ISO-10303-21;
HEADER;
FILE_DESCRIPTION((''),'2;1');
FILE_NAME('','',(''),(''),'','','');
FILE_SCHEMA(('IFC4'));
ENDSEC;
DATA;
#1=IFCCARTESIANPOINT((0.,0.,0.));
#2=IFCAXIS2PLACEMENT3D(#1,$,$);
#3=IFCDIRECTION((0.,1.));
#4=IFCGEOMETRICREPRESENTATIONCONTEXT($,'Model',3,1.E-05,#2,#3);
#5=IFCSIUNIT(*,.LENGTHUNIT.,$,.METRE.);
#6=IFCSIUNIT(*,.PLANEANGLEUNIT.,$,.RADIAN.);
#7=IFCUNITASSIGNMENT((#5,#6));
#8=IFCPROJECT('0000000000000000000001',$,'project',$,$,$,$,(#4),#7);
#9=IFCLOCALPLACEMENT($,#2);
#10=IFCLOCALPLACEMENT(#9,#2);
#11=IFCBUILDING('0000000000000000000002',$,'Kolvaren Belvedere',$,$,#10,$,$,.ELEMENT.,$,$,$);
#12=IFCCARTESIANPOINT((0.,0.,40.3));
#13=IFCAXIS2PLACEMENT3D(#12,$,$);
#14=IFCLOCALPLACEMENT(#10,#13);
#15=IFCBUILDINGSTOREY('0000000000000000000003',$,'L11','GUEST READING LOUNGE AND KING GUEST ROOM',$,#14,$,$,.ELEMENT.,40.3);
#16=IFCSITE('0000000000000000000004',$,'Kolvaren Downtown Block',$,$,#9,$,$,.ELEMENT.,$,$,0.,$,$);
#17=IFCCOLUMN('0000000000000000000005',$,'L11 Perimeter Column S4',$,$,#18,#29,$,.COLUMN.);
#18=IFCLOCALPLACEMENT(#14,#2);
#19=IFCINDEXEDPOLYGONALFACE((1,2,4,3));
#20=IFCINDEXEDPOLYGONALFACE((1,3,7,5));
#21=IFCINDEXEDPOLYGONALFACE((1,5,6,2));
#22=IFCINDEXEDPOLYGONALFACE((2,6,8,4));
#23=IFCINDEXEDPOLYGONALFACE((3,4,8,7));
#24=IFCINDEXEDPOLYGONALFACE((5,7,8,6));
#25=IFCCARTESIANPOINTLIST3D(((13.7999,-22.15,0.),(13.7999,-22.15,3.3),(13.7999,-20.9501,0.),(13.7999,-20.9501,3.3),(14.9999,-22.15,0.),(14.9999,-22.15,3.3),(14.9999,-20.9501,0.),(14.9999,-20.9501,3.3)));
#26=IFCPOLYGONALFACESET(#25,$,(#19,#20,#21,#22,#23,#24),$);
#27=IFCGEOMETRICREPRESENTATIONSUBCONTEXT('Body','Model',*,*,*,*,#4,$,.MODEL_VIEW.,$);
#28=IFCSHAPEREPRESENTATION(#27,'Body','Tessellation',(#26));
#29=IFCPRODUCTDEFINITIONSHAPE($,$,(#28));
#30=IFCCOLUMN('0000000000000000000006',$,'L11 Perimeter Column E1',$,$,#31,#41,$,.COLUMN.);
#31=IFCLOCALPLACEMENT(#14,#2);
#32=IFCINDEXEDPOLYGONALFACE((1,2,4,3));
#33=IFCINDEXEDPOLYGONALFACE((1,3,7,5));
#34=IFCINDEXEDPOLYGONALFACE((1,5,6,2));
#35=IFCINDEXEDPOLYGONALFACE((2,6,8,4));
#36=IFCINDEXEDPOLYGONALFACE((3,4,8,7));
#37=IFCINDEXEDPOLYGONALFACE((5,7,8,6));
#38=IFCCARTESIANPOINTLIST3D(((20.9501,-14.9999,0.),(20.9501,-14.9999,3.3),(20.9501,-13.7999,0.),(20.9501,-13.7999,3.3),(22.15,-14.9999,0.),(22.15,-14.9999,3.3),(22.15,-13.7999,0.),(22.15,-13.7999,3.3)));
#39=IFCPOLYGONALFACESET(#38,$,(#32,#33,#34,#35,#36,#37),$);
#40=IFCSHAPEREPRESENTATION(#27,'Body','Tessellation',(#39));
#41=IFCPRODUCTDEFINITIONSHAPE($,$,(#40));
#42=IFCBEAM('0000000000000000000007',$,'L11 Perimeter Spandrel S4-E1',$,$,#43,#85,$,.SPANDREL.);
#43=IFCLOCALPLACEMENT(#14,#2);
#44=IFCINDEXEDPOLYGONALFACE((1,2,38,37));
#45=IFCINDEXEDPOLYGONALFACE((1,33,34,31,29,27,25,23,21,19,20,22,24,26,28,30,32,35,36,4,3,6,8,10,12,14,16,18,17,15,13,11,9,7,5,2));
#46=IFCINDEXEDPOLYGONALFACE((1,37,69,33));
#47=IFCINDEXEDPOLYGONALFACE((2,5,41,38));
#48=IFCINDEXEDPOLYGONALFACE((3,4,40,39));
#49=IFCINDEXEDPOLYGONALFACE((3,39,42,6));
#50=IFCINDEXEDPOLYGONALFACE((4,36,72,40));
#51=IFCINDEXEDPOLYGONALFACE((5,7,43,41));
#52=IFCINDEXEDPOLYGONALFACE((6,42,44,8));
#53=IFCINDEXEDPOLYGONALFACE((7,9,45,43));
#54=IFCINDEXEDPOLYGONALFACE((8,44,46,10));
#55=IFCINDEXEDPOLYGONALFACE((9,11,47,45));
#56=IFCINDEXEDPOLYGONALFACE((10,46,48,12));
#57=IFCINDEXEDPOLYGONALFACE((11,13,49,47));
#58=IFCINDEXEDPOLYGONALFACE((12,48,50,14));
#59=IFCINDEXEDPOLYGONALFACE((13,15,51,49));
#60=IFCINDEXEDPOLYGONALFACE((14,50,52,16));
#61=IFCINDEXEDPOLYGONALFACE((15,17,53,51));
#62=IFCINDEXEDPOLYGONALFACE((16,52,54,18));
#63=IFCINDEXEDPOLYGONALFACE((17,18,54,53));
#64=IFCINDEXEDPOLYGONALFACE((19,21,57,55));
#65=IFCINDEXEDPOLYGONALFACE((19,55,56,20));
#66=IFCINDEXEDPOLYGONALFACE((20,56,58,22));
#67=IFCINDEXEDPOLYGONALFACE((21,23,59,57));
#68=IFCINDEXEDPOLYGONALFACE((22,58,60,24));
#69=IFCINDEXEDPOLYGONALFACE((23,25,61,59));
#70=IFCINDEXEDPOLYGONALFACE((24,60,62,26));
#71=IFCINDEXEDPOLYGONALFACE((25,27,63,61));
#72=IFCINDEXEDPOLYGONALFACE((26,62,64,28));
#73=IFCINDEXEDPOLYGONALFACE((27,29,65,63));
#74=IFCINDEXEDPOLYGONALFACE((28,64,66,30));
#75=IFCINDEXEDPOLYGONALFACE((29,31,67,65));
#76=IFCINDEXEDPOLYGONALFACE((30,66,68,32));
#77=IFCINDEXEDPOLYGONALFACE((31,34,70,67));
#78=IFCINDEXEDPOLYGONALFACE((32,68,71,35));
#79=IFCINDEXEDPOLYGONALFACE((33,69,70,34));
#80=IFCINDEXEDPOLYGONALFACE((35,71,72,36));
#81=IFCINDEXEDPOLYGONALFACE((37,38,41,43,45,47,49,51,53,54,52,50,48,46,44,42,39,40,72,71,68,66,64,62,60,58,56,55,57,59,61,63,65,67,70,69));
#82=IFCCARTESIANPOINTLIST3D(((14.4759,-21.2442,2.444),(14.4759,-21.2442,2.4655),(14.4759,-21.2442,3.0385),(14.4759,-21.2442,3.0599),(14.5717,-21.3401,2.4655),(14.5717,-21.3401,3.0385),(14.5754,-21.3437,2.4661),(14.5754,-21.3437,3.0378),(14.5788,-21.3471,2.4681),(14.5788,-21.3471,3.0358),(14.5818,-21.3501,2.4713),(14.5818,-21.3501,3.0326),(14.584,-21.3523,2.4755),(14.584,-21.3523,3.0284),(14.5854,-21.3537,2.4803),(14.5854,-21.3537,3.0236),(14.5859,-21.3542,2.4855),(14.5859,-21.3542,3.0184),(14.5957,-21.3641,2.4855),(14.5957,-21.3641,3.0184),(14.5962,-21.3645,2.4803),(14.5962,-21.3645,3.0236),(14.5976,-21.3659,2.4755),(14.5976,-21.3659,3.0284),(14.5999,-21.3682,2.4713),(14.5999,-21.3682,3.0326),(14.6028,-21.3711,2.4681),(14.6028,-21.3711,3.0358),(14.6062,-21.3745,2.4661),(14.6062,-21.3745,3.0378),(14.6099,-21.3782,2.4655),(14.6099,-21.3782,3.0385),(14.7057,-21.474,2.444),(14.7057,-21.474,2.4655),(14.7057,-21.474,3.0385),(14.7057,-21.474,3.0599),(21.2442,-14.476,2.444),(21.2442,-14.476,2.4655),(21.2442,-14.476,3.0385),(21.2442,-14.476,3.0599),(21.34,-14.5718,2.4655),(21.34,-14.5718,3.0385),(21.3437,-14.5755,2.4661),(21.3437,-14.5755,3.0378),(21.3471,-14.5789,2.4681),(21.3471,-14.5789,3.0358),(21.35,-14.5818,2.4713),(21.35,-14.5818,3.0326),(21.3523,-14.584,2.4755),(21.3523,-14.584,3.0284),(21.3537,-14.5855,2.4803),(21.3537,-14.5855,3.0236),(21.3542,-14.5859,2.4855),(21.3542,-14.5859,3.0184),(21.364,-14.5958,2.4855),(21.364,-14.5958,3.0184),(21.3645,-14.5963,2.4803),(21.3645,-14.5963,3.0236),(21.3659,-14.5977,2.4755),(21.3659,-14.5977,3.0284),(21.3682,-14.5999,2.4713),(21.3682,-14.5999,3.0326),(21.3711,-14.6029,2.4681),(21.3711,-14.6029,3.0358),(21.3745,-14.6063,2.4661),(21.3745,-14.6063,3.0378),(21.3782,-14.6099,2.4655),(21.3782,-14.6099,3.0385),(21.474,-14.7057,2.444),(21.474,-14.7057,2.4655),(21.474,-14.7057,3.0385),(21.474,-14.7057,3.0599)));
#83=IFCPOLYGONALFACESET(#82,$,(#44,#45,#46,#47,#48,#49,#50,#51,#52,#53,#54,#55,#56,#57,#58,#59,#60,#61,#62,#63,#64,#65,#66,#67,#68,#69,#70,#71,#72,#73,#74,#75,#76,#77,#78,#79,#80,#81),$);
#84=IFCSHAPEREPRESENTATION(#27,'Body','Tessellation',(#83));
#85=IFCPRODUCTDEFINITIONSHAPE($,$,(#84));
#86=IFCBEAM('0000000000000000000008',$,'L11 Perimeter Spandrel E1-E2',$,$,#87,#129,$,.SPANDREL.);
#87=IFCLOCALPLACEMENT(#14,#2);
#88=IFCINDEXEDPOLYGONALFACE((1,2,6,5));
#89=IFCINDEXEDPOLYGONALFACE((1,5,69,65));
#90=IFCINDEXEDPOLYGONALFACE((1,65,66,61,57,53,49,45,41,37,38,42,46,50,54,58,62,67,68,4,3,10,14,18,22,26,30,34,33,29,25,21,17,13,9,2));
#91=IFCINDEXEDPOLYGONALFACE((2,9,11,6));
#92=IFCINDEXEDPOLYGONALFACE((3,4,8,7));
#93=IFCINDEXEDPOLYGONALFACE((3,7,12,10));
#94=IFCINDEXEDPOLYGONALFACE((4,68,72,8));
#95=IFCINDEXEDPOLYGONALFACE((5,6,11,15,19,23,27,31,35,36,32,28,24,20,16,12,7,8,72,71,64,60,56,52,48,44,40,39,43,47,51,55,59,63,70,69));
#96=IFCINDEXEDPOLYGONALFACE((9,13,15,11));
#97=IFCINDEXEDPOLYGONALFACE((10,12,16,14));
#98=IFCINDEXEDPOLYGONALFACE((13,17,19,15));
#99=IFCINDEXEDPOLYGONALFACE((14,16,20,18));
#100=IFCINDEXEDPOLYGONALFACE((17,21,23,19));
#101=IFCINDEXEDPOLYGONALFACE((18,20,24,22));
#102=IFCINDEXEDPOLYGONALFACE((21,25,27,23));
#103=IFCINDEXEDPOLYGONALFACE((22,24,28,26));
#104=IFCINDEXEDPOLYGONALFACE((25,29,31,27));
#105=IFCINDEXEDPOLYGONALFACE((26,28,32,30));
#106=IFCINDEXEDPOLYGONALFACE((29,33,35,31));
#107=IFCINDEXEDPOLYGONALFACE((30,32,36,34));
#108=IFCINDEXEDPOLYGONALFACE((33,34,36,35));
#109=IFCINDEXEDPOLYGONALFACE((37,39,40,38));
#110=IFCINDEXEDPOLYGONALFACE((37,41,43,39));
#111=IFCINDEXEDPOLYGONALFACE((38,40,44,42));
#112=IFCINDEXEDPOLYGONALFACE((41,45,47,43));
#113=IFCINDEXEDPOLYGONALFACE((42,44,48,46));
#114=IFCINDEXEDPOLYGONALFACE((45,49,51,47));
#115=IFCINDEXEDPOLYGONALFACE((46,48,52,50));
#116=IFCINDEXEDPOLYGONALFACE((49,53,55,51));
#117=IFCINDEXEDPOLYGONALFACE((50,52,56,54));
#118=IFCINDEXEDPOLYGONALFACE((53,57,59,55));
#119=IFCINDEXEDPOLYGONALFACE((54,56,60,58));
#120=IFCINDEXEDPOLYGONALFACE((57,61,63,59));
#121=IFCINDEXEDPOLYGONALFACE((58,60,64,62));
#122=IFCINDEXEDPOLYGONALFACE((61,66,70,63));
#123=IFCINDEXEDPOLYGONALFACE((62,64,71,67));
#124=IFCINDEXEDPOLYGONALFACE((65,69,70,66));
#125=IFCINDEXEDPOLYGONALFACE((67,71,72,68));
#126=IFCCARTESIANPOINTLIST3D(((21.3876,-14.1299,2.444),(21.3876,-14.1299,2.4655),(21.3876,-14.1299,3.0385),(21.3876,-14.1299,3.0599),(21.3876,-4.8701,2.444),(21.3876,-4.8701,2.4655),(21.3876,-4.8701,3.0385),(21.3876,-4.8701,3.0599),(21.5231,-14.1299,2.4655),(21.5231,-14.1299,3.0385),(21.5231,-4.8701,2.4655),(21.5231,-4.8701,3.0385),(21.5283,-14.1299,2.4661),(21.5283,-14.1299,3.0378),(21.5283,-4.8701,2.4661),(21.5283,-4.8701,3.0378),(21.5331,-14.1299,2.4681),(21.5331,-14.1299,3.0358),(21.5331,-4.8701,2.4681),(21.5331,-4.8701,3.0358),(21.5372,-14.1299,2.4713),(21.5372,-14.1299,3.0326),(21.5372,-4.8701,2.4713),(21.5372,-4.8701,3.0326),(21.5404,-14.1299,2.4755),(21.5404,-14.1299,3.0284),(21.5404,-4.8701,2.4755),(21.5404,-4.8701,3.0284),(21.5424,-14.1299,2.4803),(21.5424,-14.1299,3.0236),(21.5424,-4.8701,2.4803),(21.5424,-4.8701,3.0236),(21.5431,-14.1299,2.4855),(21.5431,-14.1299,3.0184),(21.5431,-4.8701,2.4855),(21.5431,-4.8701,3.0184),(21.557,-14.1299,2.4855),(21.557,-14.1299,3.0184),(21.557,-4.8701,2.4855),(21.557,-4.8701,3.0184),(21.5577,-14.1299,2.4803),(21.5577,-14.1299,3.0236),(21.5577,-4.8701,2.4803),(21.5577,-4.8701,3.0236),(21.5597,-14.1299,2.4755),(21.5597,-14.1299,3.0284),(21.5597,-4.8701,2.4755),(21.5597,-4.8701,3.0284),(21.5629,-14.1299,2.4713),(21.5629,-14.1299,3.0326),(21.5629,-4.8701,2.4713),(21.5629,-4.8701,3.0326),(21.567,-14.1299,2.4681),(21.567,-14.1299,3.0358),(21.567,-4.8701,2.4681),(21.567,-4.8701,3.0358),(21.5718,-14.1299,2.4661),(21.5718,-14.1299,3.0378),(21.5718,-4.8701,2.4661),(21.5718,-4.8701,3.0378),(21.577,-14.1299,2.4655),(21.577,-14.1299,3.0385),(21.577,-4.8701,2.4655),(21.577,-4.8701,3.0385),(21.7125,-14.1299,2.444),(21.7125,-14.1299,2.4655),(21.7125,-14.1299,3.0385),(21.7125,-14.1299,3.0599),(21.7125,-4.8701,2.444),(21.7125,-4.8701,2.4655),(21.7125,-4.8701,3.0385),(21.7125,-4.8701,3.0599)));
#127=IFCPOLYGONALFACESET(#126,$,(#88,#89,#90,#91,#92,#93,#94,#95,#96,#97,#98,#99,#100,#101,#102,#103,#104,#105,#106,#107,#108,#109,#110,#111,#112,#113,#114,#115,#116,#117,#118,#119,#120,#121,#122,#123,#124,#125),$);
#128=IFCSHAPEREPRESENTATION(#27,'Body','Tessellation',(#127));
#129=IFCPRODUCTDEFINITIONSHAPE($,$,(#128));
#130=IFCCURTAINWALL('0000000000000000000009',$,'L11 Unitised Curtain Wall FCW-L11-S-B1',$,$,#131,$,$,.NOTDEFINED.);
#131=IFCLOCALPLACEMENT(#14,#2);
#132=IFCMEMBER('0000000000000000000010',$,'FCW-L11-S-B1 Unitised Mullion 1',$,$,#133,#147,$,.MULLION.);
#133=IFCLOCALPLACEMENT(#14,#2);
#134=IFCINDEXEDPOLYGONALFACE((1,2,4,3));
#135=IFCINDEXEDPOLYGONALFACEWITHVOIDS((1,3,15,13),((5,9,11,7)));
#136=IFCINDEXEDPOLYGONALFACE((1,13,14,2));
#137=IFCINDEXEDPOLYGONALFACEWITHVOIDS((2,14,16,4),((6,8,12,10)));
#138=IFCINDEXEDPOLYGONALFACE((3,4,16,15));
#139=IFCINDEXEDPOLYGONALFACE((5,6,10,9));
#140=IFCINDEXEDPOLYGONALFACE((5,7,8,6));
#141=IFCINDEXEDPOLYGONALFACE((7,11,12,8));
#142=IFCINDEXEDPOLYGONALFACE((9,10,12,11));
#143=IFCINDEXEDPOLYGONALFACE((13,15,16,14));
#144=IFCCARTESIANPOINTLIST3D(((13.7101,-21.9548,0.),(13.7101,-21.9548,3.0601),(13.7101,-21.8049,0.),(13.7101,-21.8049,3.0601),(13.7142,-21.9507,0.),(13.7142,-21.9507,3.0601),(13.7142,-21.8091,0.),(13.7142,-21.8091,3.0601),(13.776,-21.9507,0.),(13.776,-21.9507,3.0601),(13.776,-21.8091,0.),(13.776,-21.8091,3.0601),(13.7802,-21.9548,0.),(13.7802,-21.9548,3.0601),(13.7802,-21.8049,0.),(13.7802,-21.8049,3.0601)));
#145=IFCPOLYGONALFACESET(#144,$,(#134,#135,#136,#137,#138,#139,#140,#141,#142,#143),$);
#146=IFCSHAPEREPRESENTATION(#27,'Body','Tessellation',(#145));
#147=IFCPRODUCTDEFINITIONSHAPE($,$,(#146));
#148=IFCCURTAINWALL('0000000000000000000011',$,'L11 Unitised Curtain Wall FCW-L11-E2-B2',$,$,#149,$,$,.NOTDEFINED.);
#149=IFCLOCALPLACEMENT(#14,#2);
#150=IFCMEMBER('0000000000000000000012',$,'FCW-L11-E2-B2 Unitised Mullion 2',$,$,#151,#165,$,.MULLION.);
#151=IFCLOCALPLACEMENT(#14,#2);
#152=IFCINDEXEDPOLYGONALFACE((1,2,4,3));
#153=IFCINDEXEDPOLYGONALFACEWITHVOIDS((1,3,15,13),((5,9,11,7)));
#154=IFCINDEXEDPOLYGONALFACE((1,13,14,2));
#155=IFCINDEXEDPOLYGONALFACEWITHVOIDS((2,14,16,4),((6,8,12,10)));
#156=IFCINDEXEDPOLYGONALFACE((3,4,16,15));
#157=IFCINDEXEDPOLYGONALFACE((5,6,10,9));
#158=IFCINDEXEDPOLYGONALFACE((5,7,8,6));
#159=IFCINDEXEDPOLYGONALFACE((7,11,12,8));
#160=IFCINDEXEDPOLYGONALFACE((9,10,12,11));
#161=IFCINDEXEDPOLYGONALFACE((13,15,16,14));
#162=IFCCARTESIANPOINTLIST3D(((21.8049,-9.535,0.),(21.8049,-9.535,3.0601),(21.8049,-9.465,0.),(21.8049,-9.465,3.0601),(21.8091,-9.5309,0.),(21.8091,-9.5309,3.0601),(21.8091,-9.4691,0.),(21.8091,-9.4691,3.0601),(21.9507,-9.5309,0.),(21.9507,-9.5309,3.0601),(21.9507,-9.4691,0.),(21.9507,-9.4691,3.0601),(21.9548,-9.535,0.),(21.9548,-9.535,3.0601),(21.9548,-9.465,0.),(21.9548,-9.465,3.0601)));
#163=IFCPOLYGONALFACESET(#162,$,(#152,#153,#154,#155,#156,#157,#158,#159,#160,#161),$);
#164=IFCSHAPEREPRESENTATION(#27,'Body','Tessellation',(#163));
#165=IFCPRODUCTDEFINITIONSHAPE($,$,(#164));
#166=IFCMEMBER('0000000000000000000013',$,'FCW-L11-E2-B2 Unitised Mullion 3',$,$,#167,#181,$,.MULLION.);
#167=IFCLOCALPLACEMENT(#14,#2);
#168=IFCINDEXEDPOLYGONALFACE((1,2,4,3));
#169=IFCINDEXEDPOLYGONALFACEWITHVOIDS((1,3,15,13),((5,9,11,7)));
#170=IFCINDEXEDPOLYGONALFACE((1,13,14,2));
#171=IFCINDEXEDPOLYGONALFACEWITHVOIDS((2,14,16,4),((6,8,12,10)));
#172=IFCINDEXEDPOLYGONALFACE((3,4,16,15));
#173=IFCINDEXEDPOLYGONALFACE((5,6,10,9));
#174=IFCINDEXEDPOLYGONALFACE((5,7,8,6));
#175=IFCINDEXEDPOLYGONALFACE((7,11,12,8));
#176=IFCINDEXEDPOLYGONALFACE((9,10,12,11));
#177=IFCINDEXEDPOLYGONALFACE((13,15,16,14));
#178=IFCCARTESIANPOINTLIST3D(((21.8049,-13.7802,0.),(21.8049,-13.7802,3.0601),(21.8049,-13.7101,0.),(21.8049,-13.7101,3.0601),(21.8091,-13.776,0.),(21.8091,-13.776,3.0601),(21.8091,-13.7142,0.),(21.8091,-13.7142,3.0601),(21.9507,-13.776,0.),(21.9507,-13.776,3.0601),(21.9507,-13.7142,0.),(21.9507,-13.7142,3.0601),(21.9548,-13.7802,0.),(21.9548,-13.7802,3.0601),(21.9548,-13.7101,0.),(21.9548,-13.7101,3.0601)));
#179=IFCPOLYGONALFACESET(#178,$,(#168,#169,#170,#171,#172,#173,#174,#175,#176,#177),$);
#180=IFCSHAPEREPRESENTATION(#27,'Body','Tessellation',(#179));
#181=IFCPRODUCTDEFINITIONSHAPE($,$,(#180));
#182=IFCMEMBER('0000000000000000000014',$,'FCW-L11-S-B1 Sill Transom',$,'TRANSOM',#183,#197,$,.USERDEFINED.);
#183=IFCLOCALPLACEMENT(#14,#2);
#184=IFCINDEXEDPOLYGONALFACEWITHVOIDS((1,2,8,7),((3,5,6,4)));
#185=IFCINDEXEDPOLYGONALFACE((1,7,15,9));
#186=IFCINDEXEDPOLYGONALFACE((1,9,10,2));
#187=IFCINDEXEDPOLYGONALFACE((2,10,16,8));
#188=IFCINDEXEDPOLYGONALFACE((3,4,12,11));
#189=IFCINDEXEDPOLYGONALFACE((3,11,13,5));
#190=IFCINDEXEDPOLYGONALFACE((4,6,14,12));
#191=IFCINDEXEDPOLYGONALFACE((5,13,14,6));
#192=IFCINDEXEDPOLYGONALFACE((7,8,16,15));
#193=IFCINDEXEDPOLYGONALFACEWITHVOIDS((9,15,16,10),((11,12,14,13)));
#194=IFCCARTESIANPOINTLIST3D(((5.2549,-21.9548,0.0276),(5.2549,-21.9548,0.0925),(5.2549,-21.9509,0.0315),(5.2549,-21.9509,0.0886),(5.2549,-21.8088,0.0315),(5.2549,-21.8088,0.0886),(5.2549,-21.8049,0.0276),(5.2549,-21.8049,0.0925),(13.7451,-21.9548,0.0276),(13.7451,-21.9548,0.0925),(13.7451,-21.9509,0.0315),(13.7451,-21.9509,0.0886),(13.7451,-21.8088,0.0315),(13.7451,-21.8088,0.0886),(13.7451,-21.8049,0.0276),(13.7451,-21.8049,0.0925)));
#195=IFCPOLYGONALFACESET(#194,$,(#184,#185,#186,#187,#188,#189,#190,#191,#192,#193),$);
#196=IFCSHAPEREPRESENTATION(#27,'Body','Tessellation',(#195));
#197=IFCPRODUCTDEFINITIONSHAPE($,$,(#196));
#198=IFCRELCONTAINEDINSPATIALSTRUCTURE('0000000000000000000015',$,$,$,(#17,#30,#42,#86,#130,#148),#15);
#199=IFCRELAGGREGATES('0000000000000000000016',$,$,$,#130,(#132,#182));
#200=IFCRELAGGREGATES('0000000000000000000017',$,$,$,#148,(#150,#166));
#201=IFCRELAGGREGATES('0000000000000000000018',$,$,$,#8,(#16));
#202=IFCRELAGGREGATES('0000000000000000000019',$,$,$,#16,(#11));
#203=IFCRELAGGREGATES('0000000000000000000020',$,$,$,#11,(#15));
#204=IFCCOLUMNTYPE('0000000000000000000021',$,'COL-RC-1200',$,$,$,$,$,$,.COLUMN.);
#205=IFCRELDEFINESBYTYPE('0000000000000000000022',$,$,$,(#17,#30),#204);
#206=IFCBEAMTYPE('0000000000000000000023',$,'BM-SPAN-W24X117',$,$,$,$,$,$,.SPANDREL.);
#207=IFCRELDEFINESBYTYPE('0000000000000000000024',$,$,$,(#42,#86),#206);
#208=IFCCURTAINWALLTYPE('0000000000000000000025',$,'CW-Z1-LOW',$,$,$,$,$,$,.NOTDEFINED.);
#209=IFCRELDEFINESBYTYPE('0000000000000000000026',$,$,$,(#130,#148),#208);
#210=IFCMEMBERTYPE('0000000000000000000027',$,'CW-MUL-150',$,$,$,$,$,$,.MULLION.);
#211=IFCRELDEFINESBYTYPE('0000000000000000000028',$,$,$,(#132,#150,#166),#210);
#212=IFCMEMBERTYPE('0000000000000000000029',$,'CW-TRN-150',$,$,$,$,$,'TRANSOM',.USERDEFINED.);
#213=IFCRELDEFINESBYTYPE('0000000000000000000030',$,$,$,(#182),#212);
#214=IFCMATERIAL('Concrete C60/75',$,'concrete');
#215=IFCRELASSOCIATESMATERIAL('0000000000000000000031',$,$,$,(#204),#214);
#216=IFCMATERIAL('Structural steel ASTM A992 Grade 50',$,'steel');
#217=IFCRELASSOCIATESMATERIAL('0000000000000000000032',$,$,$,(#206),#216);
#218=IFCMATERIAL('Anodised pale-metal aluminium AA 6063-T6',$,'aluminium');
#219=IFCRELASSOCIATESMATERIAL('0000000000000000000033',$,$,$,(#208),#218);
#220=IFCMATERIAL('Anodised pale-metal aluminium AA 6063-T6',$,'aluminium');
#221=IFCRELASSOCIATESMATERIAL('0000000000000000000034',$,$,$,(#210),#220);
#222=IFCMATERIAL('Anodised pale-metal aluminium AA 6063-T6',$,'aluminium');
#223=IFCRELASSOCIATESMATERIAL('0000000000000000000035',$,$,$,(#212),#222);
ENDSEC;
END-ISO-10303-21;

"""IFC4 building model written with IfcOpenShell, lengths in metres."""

from ifc_helpers import new_model, si_unit, direction, frame, origin, origin_2d, place, context, subcontext, project, spatial, rectangle, hollow_rectangle, i_section, extrude, material, material_profile, profile_set, type_object, element, aggregate, save


model = new_model("IFC4")

# Units and contexts
model_context = context("Model", 3, precision=1e-05, world=origin(), true_north=direction((0.0, 1.0)))
body_context = subcontext(model_context, "Body", "Model", "MODEL_VIEW")
ifc_project = project(units=[si_unit("LENGTHUNIT", "METRE"), si_unit("PLANEANGLEUNIT", "RADIAN")], contexts=[model_context])

# Site, building, storey
site_placement = place(None, origin())
site = spatial("IfcSite", under=ifc_project, at=site_placement, Name="Kolvaren Downtown Block", CompositionType="ELEMENT", RefElevation=0.0)
building_placement = place(site_placement, origin())
building = spatial("IfcBuilding", under=site, at=building_placement, Name="Kolvaren Belvedere", CompositionType="ELEMENT")
storey_placement = place(building_placement, frame((0.0, 0.0, 40.3)))
storey = spatial("IfcBuildingStorey", under=building, at=storey_placement, Name="L11", Description="GUEST READING LOUNGE AND KING GUEST ROOM", CompositionType="ELEMENT", Elevation=40.3)

# Columns
ifc_material_1 = material(Name="Concrete C60/75", Category="concrete")
ifc_material_profile_1 = material_profile(ifc_material_1, rectangle(XDim=1.2, YDim=1.2, at=origin_2d()), Name="RC 1200X1200")
ifc_profile_set_1 = profile_set([ifc_material_profile_1], Name="Concrete C60/75")
column_type = type_object("IfcColumnType", Name="COL-RC-1200", PredefinedType="COLUMN", material=ifc_profile_set_1)
for number, where, z_axis, x_axis, name in (
    (1, (14.3999, -21.55, 0.0), (0.0, 0.0, 1.0), (1.0, 0.0, 0.0), "L11 Perimeter Column S4"),
    (2, (21.55, -14.3999, 0.0), (0.0, 0.0, 1.0), (1.0, 0.0, 0.0), "L11 Perimeter Column E1"),
):
    element("IfcColumn", number, at=place(storey_placement, frame(where, z_axis=z_axis, x_axis=x_axis)), inside=storey, type_object=column_type, Name=name, PredefinedType="COLUMN", context=body_context, shape_type="SweptSolid", body=[
        extrude(rectangle(XDim=1.2, YDim=1.2, at=origin_2d()), origin(), (0.0, 0.0, 1.0), 3.3),
    ])

# Beams
ifc_material_2 = material(Name="Structural steel ASTM A992 Grade 50", Category="steel")
ifc_material_profile_2 = material_profile(ifc_material_2, i_section(OverallWidth=0.325, OverallDepth=0.616, WebThickness=0.0139, FlangeThickness=0.0215, FilletRadius=0.02, at=origin_2d()), Name="W24X117")
ifc_profile_set_2 = profile_set([ifc_material_profile_2], Name="Structural steel ASTM A992 Grade 50")
beam_type = type_object("IfcBeamType", Name="BM-SPAN-W24X117", PredefinedType="SPANDREL", material=ifc_profile_set_2)
beam_1_placement = place(storey_placement, frame((14.5908, -21.3591, 2.752), z_axis=(0.707107, 0.707107, 0.0), x_axis=(-0.707107, 0.707107, 0.0)))
element("IfcBeam", 3, at=beam_1_placement, inside=storey, type_object=beam_type, Name="L11 Perimeter Spandrel S4-E1", PredefinedType="SPANDREL", context=body_context, shape_type="SweptSolid", body=[
    extrude(i_section(OverallWidth=0.325, OverallDepth=0.616, WebThickness=0.0139, FlangeThickness=0.0215, FilletRadius=0.02, at=origin_2d()), origin(), (0.0, 0.0, 1.0), 9.5718),
])
beam_2_placement = place(storey_placement, frame((21.55, -14.1299, 2.752), z_axis=(0.0, 1.0, 0.0), x_axis=(-1.0, 0.0, 0.0)))
element("IfcBeam", 4, at=beam_2_placement, inside=storey, type_object=beam_type, Name="L11 Perimeter Spandrel E1-E2", PredefinedType="SPANDREL", context=body_context, shape_type="SweptSolid", body=[
    extrude(i_section(OverallWidth=0.325, OverallDepth=0.616, WebThickness=0.0139, FlangeThickness=0.0215, FilletRadius=0.02, at=origin_2d()), origin(), (0.0, 0.0, 1.0), 9.2598),
])

# Curtain wall, member
ifc_material_3 = material(Name="Anodised pale-metal aluminium AA 6063-T6", Category="aluminium")
curtain_wall_type = type_object("IfcCurtainWallType", Name="CW-Z1-LOW", PredefinedType="NOTDEFINED", material=ifc_material_3)
curtain_wall_1_placement = place(storey_placement, origin())
curtain_wall_1 = element("IfcCurtainWall", 5, at=curtain_wall_1_placement, inside=storey, type_object=curtain_wall_type, Name="L11 Unitised Curtain Wall FCW-L11-S-B1", PredefinedType="NOTDEFINED")
ifc_material_4 = material(Name="Anodised pale-metal aluminium AA 6063-T6", Category="aluminium")
ifc_material_profile_3 = material_profile(ifc_material_4, hollow_rectangle(XDim=0.0701, YDim=0.1499, WallThickness=0.0042, at=origin_2d()), Name="ALU-MUL-150X70")
ifc_profile_set_3 = profile_set([ifc_material_profile_3], Name="Anodised pale-metal aluminium AA 6063-T6")
member_type_1 = type_object("IfcMemberType", Name="CW-MUL-150", PredefinedType="MULLION", material=ifc_profile_set_3)
member_1_placement = place(storey_placement, frame((13.7451, -21.8799, 0.0), z_axis=(0.0, 0.0, 1.0), x_axis=(1.0, 0.0, 0.0)))
member_1 = element("IfcMember", 6, at=member_1_placement, type_object=member_type_1, Name="FCW-L11-S-B1 Unitised Mullion 1", PredefinedType="MULLION", context=body_context, shape_type="SweptSolid", body=[
    extrude(hollow_rectangle(XDim=0.0701, YDim=0.1499, WallThickness=0.0042, at=origin_2d()), origin(), (0.0, 0.0, 1.0), 3.0601),
])

# Curtain wall, members
curtain_wall_2_placement = place(storey_placement, origin())
curtain_wall_2 = element("IfcCurtainWall", 7, at=curtain_wall_2_placement, inside=storey, type_object=curtain_wall_type, Name="L11 Unitised Curtain Wall FCW-L11-E2-B2", PredefinedType="NOTDEFINED")
member_2_placement = place(storey_placement, frame((21.8799, -9.5, 0.0), z_axis=(0.0, 0.0, 1.0), x_axis=(0.0, 1.0, 0.0)))
member_2 = element("IfcMember", 8, at=member_2_placement, type_object=member_type_1, Name="FCW-L11-E2-B2 Unitised Mullion 2", PredefinedType="MULLION", context=body_context, shape_type="SweptSolid", body=[
    extrude(hollow_rectangle(XDim=0.0701, YDim=0.1499, WallThickness=0.0042, at=origin_2d()), origin(), (0.0, 0.0, 1.0), 3.0601),
])
member_3_placement = place(storey_placement, frame((21.8799, -13.7451, 0.0), z_axis=(0.0, 0.0, 1.0), x_axis=(0.0, 1.0, 0.0)))
member_3 = element("IfcMember", 9, at=member_3_placement, type_object=member_type_1, Name="FCW-L11-E2-B2 Unitised Mullion 3", PredefinedType="MULLION", context=body_context, shape_type="SweptSolid", body=[
    extrude(hollow_rectangle(XDim=0.0701, YDim=0.1499, WallThickness=0.0042, at=origin_2d()), origin(), (0.0, 0.0, 1.0), 3.0601),
])

# Member
ifc_material_5 = material(Name="Anodised pale-metal aluminium AA 6063-T6", Category="aluminium")
ifc_material_profile_4 = material_profile(ifc_material_5, hollow_rectangle(XDim=0.0649, YDim=0.1499, WallThickness=0.0039, at=origin_2d()), Name="ALU-TRN-150X65")
ifc_profile_set_4 = profile_set([ifc_material_profile_4], Name="Anodised pale-metal aluminium AA 6063-T6")
member_type_2 = type_object("IfcMemberType", Name="CW-TRN-150", ElementType="TRANSOM", PredefinedType="USERDEFINED", material=ifc_profile_set_4)
member_4_placement = place(storey_placement, frame((13.7451, -21.8799, 0.0601), z_axis=(-1.0, 0.0, 0.0), x_axis=(0.0, 0.0, 1.0)))
member_4 = element("IfcMember", 10, at=member_4_placement, type_object=member_type_2, Name="FCW-L11-S-B1 Sill Transom", ObjectType="TRANSOM", PredefinedType="USERDEFINED", context=body_context, shape_type="SweptSolid", body=[
    extrude(hollow_rectangle(XDim=0.0649, YDim=0.1499, WallThickness=0.0039, at=origin_2d()), origin(), (0.0, 0.0, 1.0), 8.4902),
])
aggregate(curtain_wall_1, [member_1, member_4])

aggregate(curtain_wall_2, [member_2, member_3])

save(model, "model.ifc")
